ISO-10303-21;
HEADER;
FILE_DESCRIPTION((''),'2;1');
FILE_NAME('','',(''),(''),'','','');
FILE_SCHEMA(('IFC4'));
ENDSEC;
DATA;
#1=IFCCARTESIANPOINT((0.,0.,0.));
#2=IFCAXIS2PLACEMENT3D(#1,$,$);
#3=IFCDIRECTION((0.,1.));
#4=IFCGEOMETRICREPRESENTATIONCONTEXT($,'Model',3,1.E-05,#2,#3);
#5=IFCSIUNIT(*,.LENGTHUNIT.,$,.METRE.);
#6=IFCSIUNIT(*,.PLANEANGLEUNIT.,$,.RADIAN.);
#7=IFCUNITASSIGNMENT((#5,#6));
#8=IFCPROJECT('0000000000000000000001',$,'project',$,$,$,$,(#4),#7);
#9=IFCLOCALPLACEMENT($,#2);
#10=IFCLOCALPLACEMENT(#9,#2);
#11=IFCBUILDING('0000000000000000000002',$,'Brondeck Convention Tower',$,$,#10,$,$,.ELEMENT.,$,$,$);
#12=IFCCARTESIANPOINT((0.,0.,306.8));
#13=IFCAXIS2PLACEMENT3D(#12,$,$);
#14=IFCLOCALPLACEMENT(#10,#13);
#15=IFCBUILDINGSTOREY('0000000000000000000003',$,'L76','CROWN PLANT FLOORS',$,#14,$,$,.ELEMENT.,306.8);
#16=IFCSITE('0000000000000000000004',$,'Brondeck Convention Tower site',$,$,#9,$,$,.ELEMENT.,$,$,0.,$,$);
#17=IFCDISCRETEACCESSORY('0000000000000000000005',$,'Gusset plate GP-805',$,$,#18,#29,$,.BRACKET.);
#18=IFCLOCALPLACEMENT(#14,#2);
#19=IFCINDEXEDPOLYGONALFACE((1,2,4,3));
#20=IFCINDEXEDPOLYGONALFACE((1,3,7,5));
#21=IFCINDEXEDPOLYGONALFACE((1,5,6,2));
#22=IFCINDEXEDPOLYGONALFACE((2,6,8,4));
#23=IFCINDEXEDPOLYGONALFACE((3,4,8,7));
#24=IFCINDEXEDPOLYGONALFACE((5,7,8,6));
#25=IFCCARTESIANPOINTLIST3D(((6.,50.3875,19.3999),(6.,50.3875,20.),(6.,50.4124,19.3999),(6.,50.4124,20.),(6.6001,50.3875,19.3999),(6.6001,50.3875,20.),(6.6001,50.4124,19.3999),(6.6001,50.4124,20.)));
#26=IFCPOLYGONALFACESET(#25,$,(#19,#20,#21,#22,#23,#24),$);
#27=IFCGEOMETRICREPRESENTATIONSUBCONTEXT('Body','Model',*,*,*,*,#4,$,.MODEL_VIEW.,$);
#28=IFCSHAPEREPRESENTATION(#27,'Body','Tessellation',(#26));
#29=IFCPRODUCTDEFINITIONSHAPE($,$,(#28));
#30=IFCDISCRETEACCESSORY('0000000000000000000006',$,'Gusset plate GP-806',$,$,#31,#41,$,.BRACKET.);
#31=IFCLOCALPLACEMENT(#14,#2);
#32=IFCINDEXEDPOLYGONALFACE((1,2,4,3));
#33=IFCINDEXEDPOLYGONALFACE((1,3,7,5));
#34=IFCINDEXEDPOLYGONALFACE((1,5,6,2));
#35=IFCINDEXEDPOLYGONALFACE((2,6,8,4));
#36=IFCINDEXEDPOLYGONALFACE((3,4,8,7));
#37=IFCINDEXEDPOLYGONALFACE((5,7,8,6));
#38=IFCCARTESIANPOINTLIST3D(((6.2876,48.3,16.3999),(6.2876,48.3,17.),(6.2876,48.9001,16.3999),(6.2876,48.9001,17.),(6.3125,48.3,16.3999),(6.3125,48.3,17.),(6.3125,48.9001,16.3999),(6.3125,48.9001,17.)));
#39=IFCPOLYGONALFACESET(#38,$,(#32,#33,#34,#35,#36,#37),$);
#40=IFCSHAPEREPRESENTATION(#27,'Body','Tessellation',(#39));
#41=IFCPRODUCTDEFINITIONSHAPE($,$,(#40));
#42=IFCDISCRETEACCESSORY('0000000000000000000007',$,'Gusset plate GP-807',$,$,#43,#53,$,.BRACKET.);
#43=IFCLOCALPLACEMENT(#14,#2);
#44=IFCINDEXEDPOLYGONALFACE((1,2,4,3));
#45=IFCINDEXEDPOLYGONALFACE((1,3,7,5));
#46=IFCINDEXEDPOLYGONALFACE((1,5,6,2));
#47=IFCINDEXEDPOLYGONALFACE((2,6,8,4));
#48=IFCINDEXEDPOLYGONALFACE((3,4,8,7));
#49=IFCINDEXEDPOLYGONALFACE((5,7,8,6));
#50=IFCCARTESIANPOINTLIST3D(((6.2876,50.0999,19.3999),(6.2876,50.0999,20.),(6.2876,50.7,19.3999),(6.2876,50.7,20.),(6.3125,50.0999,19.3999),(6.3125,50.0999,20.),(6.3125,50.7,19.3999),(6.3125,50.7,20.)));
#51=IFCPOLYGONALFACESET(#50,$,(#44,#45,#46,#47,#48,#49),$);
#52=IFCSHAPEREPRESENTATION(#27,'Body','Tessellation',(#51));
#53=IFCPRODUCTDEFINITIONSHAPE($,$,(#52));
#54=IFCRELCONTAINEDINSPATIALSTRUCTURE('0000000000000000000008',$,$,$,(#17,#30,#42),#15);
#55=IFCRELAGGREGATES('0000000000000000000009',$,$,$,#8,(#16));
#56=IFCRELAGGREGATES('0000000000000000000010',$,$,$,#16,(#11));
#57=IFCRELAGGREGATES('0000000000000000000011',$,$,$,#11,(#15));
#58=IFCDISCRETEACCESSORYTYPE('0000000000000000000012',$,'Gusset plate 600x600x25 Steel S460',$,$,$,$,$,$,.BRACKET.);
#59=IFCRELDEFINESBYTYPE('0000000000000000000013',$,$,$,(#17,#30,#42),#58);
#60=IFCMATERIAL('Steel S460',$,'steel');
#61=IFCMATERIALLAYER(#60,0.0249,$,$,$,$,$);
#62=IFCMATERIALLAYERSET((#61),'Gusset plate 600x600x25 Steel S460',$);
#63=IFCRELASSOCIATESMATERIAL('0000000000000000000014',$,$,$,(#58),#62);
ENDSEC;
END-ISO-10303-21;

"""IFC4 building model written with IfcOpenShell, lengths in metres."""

from ifc_helpers import new_model, si_unit, direction, frame, origin, origin_2d, place, context, subcontext, project, spatial, rectangle, extrude, material, layer, layer_set, type_object, element, save


model = new_model("IFC4")

# Units and contexts
model_context = context("Model", 3, precision=1e-05, world=origin(), true_north=direction((0.0, 1.0)))
body_context = subcontext(model_context, "Body", "Model", "MODEL_VIEW")
ifc_project = project(units=[si_unit("LENGTHUNIT", "METRE"), si_unit("PLANEANGLEUNIT", "RADIAN")], contexts=[model_context])

# Site, building, storey
site_placement = place(None, origin())
site = spatial("IfcSite", under=ifc_project, at=site_placement, Name="Brondeck Convention Tower site", CompositionType="ELEMENT", RefElevation=0.0)
building_placement = place(site_placement, origin())
building = spatial("IfcBuilding", under=site, at=building_placement, Name="Brondeck Convention Tower", CompositionType="ELEMENT")
storey_placement = place(building_placement, frame((0.0, 0.0, 306.8)))
storey = spatial("IfcBuildingStorey", under=building, at=storey_placement, Name="L76", Description="CROWN PLANT FLOORS", CompositionType="ELEMENT", Elevation=306.8)

# Shared definitions
ifc_material_1 = material(Name="Steel S460", Category="steel")

# Discrete accessories
ifc_layer = layer(ifc_material_1, 0.0249)
ifc_layer_set = layer_set([ifc_layer], Name="Gusset plate 600x600x25 Steel S460")
discrete_accessory_type = type_object("IfcDiscreteAccessoryType", Name="Gusset plate 600x600x25 Steel S460", PredefinedType="BRACKET", material=ifc_layer_set)
for number, where, z_axis, x_axis, name in (
    (1, (6.3, 50.3999, 19.3999), (0.0, 0.0, 1.0), (1.0, 0.0, 0.0), "Gusset plate GP-805"),
    (2, (6.3, 48.6001, 16.3999), (0.0, 0.0, 1.0), (0.0, 1.0, 0.0), "Gusset plate GP-806"),
    (3, (6.3, 50.3999, 19.3999), (0.0, 0.0, 1.0), (0.0, 1.0, 0.0), "Gusset plate GP-807"),
):
    element("IfcDiscreteAccessory", number, at=place(storey_placement, frame(where, z_axis=z_axis, x_axis=x_axis)), inside=storey, type_object=discrete_accessory_type, Name=name, PredefinedType="BRACKET", context=body_context, shape_type="SweptSolid", body=[
        extrude(rectangle(XDim=0.6001, YDim=0.0249, at=origin_2d()), origin(), (0.0, 0.0, 1.0), 0.6001),
    ])

save(model, "model.ifc")
